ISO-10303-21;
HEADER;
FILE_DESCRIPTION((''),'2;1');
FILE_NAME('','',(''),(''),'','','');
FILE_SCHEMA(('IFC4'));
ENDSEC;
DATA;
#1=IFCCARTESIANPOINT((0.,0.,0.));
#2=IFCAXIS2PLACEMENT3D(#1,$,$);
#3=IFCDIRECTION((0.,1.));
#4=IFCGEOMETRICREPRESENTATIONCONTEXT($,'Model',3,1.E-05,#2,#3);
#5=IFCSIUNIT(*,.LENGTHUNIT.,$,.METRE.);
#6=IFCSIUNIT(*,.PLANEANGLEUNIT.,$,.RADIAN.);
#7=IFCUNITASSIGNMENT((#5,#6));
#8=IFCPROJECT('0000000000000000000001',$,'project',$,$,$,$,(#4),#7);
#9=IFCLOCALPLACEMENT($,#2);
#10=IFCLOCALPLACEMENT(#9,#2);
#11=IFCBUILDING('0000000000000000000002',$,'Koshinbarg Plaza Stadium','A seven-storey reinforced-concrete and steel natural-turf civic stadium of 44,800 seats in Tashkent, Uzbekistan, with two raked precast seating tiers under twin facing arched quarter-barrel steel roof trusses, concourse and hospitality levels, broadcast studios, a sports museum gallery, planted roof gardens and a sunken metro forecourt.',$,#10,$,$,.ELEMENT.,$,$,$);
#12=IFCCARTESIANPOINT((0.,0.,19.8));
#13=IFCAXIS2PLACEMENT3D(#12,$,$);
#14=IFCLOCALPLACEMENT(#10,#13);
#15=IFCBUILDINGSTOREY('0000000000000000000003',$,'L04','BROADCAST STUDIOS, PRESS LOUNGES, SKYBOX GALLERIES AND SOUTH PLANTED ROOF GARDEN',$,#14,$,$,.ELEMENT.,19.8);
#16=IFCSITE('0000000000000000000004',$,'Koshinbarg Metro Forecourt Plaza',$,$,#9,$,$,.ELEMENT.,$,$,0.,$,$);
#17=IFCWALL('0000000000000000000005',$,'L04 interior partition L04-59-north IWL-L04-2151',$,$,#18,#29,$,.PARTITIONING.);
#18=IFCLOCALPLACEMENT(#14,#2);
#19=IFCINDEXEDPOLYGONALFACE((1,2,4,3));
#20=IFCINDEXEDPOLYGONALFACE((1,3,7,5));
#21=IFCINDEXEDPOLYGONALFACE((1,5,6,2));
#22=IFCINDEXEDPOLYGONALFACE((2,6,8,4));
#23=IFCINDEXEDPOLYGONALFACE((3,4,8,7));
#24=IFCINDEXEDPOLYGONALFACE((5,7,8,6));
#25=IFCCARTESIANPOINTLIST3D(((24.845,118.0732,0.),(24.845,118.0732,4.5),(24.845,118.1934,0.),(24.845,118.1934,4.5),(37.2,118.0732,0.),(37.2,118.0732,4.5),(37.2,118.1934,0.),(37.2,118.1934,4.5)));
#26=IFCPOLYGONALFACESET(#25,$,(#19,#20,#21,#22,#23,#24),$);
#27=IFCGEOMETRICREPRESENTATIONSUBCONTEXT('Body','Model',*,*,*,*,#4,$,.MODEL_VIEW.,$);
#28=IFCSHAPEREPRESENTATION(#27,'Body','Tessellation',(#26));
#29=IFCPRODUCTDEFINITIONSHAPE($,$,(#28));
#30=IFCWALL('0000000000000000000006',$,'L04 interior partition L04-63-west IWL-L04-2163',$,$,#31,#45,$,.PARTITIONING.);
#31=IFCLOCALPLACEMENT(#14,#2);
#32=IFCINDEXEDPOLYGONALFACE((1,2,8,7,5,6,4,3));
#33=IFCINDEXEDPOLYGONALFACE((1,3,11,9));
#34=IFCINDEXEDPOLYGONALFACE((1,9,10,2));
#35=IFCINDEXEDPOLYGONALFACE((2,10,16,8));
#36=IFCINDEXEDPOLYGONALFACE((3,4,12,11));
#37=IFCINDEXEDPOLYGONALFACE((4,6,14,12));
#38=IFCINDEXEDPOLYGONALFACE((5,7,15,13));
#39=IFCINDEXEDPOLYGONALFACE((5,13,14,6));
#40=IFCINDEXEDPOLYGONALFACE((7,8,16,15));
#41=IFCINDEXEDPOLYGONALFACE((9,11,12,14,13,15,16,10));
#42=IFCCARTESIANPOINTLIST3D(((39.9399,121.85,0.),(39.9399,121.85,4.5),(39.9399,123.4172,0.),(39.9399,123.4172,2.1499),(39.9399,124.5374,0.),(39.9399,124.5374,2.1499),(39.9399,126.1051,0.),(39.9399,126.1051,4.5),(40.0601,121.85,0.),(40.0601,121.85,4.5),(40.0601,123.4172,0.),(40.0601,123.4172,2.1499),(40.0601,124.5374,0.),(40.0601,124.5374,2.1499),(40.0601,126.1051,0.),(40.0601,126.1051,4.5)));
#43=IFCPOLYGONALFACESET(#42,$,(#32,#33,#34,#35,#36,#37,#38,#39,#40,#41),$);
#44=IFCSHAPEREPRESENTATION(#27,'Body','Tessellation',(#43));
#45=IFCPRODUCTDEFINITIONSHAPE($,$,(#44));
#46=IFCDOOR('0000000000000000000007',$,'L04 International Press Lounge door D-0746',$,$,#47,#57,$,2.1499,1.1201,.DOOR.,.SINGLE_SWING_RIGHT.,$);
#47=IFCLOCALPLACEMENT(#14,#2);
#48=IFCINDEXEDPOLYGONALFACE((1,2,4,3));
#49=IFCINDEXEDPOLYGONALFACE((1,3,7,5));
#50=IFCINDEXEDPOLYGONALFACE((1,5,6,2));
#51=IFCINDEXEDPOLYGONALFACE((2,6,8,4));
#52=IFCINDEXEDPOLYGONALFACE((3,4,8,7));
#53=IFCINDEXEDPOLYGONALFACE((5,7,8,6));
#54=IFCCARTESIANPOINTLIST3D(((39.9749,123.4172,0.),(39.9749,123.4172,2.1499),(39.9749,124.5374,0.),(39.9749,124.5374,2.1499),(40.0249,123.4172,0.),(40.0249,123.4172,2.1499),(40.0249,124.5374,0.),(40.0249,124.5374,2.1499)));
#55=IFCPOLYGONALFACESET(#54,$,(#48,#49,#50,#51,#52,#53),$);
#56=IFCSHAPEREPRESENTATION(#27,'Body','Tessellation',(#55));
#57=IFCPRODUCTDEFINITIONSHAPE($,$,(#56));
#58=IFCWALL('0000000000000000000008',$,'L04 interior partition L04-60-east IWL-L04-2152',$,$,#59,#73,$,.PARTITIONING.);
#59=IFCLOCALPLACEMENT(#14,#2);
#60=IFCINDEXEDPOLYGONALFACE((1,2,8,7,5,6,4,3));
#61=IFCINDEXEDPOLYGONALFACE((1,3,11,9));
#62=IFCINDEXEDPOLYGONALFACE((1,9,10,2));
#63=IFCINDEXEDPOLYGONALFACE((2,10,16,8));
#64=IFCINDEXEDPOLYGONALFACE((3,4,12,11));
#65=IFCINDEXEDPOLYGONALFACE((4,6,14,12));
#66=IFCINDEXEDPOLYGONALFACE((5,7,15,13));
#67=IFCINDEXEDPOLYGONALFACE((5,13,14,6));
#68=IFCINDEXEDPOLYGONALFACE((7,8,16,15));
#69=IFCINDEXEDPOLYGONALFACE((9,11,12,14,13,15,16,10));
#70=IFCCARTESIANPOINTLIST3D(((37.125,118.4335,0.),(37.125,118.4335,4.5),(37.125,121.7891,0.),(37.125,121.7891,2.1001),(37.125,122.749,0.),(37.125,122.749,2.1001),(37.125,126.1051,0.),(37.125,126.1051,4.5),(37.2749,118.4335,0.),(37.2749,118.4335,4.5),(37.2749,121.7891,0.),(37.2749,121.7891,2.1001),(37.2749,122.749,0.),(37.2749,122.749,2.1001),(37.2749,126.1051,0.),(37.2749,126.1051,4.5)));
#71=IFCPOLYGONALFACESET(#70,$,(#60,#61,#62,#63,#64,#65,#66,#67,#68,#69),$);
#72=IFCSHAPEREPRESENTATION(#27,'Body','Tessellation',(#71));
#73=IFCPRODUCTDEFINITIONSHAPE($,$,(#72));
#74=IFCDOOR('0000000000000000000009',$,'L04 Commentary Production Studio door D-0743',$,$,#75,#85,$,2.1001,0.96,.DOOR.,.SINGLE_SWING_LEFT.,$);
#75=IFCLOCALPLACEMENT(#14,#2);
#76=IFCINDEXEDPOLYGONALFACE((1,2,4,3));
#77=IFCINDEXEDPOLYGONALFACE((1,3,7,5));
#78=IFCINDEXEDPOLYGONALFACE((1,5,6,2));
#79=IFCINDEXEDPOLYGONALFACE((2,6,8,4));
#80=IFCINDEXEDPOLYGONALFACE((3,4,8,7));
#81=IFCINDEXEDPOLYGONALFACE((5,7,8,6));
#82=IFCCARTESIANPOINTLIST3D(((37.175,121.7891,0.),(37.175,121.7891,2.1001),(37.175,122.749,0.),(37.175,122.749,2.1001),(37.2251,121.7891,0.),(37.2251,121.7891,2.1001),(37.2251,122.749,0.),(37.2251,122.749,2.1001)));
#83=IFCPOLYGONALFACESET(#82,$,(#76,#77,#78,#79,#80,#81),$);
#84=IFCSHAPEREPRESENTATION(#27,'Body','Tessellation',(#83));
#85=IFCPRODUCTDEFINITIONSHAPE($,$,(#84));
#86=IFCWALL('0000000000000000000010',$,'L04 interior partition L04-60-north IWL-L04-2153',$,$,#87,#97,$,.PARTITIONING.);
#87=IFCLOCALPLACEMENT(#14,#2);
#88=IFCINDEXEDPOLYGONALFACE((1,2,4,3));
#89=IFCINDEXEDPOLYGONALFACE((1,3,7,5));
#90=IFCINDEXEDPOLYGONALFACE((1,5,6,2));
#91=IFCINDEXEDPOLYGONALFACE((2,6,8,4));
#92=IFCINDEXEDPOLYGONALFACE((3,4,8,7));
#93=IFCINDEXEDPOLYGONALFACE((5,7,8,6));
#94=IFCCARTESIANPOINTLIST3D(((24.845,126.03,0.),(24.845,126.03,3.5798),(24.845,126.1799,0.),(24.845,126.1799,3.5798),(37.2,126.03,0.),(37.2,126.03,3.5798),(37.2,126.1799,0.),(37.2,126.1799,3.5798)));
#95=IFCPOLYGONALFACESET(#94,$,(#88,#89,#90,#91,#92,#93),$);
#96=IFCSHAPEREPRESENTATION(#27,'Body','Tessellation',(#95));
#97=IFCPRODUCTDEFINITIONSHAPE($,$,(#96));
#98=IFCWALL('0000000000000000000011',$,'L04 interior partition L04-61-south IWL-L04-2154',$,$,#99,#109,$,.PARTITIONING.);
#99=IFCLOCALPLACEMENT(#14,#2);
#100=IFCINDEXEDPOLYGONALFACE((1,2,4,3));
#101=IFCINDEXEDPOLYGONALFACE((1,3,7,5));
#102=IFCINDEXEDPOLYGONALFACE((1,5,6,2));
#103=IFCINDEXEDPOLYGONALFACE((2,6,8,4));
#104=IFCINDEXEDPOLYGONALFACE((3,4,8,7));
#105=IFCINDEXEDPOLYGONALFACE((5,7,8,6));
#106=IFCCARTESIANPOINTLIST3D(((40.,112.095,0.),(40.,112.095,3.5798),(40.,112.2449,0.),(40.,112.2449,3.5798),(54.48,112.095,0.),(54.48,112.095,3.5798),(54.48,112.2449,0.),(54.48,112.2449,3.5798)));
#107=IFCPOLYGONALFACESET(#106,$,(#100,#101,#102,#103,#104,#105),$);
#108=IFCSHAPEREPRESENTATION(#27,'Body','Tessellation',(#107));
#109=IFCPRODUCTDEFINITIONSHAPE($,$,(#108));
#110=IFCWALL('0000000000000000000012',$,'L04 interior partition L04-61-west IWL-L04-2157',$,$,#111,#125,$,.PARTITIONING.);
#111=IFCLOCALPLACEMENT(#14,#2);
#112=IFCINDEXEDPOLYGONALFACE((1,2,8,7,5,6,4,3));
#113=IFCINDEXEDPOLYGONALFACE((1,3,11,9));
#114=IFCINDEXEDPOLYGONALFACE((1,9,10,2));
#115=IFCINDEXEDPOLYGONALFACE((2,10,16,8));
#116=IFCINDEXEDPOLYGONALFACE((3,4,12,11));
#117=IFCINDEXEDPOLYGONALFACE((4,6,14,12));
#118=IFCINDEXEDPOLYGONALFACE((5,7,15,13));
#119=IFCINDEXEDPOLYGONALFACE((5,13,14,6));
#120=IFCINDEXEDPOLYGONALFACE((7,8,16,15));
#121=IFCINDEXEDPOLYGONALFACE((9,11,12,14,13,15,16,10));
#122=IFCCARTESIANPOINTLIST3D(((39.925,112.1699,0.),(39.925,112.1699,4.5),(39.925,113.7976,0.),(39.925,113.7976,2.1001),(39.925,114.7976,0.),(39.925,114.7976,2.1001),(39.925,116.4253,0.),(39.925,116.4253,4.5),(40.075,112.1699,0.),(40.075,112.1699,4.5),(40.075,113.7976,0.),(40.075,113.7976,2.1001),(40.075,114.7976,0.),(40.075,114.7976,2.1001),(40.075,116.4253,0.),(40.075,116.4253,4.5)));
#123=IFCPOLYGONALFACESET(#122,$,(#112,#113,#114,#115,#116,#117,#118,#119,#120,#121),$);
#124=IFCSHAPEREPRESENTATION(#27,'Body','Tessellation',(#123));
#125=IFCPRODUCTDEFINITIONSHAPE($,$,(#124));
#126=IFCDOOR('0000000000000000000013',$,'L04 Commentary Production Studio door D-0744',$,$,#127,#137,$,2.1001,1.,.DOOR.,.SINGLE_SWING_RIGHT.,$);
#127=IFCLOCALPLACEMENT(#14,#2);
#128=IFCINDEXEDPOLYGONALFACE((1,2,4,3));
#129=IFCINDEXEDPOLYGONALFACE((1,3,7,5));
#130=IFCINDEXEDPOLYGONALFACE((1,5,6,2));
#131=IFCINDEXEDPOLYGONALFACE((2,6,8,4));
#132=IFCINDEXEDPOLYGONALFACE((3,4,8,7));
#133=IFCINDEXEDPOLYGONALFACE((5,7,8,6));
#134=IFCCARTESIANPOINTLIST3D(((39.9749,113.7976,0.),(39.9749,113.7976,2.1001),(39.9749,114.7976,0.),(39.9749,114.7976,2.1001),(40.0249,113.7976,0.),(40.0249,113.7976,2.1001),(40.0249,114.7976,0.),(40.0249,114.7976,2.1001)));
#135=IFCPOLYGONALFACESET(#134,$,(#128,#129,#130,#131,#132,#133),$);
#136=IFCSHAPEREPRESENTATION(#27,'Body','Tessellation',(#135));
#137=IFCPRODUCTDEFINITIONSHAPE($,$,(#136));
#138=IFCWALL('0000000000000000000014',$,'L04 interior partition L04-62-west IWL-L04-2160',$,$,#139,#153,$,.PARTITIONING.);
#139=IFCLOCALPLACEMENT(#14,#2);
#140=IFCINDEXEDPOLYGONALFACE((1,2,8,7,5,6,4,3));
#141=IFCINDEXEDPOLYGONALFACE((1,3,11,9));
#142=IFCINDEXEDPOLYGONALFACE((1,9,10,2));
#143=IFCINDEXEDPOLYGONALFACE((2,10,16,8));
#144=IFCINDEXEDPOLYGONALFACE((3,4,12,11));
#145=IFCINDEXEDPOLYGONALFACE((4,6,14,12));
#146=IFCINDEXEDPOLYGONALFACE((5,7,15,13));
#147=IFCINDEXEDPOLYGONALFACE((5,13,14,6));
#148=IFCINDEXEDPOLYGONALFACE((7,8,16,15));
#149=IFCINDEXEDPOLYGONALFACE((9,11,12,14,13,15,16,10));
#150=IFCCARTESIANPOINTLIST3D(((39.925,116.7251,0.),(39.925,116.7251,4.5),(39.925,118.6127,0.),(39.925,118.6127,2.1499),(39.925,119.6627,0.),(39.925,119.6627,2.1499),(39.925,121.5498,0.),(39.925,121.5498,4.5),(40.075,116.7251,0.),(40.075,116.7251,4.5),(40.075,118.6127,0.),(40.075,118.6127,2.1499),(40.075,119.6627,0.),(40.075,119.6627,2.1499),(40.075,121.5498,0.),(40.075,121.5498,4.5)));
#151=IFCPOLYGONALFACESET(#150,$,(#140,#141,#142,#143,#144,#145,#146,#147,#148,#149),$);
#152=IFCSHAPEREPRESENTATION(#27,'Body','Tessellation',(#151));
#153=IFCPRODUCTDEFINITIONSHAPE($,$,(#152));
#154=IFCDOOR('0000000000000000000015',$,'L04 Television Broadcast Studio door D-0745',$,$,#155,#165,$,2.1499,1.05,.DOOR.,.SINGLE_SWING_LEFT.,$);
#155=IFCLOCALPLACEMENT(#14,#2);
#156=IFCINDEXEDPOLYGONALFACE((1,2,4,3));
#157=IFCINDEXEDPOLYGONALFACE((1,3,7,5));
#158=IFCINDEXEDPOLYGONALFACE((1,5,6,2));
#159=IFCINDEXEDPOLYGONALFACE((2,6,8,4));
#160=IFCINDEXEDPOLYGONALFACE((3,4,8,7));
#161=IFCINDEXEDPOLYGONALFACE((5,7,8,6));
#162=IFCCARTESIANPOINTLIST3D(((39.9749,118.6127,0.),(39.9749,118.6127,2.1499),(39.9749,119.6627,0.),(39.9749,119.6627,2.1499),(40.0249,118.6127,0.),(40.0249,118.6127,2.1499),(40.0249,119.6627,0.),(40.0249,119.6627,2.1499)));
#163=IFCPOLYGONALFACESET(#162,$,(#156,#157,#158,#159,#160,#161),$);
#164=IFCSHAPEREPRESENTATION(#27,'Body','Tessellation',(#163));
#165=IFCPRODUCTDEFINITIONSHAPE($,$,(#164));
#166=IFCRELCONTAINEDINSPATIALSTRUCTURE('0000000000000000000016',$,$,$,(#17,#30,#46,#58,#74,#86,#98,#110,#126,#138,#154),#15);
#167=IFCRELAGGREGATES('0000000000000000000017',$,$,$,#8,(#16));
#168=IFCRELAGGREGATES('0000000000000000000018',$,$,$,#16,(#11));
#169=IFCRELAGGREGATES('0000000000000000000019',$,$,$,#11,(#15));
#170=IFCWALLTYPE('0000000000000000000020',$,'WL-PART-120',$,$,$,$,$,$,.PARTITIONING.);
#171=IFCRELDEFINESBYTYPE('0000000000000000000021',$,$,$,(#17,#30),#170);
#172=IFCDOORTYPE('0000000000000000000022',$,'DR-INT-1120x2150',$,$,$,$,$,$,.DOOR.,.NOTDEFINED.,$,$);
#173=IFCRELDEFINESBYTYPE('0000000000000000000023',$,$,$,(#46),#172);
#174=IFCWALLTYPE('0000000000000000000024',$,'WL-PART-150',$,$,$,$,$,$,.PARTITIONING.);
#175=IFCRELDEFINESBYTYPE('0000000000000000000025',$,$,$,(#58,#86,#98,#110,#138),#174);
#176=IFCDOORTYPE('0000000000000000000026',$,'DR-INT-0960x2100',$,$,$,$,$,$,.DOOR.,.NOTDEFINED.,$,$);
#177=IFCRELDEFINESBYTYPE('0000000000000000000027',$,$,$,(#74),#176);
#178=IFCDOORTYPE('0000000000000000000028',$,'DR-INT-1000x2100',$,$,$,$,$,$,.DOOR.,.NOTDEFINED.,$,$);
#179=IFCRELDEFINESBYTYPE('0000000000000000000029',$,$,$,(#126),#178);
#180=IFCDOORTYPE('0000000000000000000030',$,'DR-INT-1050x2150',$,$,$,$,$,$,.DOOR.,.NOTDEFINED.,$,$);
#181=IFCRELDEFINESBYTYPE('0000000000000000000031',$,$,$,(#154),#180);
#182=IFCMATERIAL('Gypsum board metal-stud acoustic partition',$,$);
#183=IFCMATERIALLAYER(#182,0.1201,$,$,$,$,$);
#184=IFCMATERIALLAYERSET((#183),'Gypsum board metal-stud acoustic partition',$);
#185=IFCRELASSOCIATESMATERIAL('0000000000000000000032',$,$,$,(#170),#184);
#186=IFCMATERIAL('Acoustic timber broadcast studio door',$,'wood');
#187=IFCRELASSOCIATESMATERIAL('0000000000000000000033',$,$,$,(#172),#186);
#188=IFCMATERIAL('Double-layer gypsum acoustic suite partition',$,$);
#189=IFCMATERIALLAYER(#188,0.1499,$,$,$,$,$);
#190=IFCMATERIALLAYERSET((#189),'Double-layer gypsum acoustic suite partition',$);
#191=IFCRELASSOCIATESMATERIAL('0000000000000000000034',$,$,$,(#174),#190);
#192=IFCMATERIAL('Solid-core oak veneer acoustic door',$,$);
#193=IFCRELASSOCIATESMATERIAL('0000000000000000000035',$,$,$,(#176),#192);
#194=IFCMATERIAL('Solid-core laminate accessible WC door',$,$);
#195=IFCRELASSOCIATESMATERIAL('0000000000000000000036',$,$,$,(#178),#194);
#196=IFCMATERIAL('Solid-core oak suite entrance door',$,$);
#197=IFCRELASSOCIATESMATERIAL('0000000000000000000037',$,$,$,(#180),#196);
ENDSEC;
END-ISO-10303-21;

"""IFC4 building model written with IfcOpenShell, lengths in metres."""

from ifc_helpers import new_model, si_unit, direction, frame, frame_2d, origin, place, context, subcontext, project, spatial, rectangle, extrude, material, layer, layer_set, type_object, element, fill, save


model = new_model("IFC4")

# Units and contexts
model_context = context("Model", 3, precision=1e-05, world=origin(), true_north=direction((0.0, 1.0)))
body_context = subcontext(model_context, "Body", "Model", "MODEL_VIEW")
ifc_project = project(units=[si_unit("LENGTHUNIT", "METRE"), si_unit("PLANEANGLEUNIT", "RADIAN")], contexts=[model_context])

# Site, building, storey
site_placement = place(None, origin())
site = spatial("IfcSite", under=ifc_project, at=site_placement, Name="Koshinbarg Metro Forecourt Plaza", CompositionType="ELEMENT", RefElevation=0.0)
building_placement = place(site_placement, origin())
building = spatial("IfcBuilding", under=site, at=building_placement, Name="Koshinbarg Plaza Stadium", Description="A seven-storey reinforced-concrete and steel natural-turf civic stadium of 44,800 seats in Tashkent, Uzbekistan, with two raked precast seating tiers under twin facing arched quarter-barrel steel roof trusses, concourse and hospitality levels, broadcast studios, a sports museum gallery, planted roof gardens and a sunken metro forecourt.", CompositionType="ELEMENT")
storey_placement = place(building_placement, frame((0.0, 0.0, 19.8)))
storey = spatial("IfcBuildingStorey", under=building, at=storey_placement, Name="L04", Description="BROADCAST STUDIOS, PRESS LOUNGES, SKYBOX GALLERIES AND SOUTH PLANTED ROOF GARDEN", CompositionType="ELEMENT", Elevation=19.8)

# Shared definitions
ifc_material_1 = material(Name="Gypsum board metal-stud acoustic partition")
ifc_layer_1 = layer(ifc_material_1, 0.1201)
ifc_layer_set_1 = layer_set([ifc_layer_1], Name="Gypsum board metal-stud acoustic partition")
wall_type_1 = type_object("IfcWallType", Name="WL-PART-120", PredefinedType="PARTITIONING", material=ifc_layer_set_1)
ifc_material_2 = material(Name="Solid-core oak veneer acoustic door")

# Wall
wall_1_placement = place(storey_placement, frame((37.2, 118.1333, 0.0), z_axis=(0.0, 0.0, 1.0), x_axis=(-1.0, 0.0, 0.0)))
element("IfcWall", 1, at=wall_1_placement, inside=storey, type_object=wall_type_1, Name="L04 interior partition L04-59-north IWL-L04-2151", PredefinedType="PARTITIONING", context=body_context, shape_type="SweptSolid", body=[
    extrude(rectangle(XDim=12.355, YDim=0.1201, at=frame_2d((6.1775, 0.0))), origin(), (0.0, 0.0, 1.0), 4.5),
])

# Walls, openings, doors
wall_2_placement = place(storey_placement, frame((40.0, 126.105, 0.0), z_axis=(0.0, 0.0, 1.0), x_axis=(0.0, -1.0, 0.0)))
wall_2 = element("IfcWall", 2, at=wall_2_placement, inside=storey, type_object=wall_type_1, Name="L04 interior partition L04-63-west IWL-L04-2163", PredefinedType="PARTITIONING", context=body_context, shape_type="SweptSolid", body=[
    extrude(rectangle(XDim=4.2551, YDim=0.1201, at=frame_2d((2.1274, 0.0))), origin(), (0.0, 0.0, 1.0), 4.5),
])
opening_1_placement = place(wall_2_placement, frame((1.5676, 0.0, 0.0)))
opening_1 = element("IfcOpeningElement", 3, at=opening_1_placement, cuts=wall_2, PredefinedType="OPENING", context=body_context, shape_type="SweptSolid", body=[
    extrude(rectangle(XDim=1.1201, YDim=2.1499, at=frame_2d((0.5601, 1.075))), frame((0.0, 0.0701, 0.0), z_axis=(0.0, -1.0, 0.0), x_axis=(1.0, 0.0, 0.0)), (0.0, 0.0, 1.0), 0.1401),
])
ifc_material_3 = material(Name="Acoustic timber broadcast studio door", Category="wood")
door_type_1 = type_object("IfcDoorType", Name="DR-INT-1120x2150", OperationType="NOTDEFINED", PredefinedType="DOOR", material=ifc_material_3)
door_1_placement = place(opening_1_placement, origin())
door_1 = element("IfcDoor", 4, at=door_1_placement, inside=storey, type_object=door_type_1, Name="L04 International Press Lounge door D-0746", OperationType="SINGLE_SWING_RIGHT", OverallHeight=2.1499, OverallWidth=1.1201, PredefinedType="DOOR", context=body_context, shape_type="SweptSolid", body=[
    extrude(rectangle(XDim=1.1201, YDim=2.1499, at=frame_2d((0.5601, 1.075))), frame((0.0, 0.0249, 0.0), z_axis=(0.0, -1.0, 0.0), x_axis=(1.0, 0.0, 0.0)), (0.0, 0.0, 1.0), 0.05),
])
fill(opening_1, door_1)
ifc_material_4 = material(Name="Double-layer gypsum acoustic suite partition")
ifc_layer_2 = layer(ifc_material_4, 0.1499)
ifc_layer_set_2 = layer_set([ifc_layer_2], Name="Double-layer gypsum acoustic suite partition")
wall_type_2 = type_object("IfcWallType", Name="WL-PART-150", PredefinedType="PARTITIONING", material=ifc_layer_set_2)
wall_3_placement = place(storey_placement, frame((37.2, 118.4333, 0.0), z_axis=(0.0, 0.0, 1.0), x_axis=(0.0, 1.0, 0.0)))
wall_3 = element("IfcWall", 5, at=wall_3_placement, inside=storey, type_object=wall_type_2, Name="L04 interior partition L04-60-east IWL-L04-2152", PredefinedType="PARTITIONING", context=body_context, shape_type="SweptSolid", body=[
    extrude(rectangle(XDim=7.6716, YDim=0.1499, at=frame_2d((3.8359, 0.0))), origin(), (0.0, 0.0, 1.0), 4.5),
])
opening_2_placement = place(wall_3_placement, frame((3.3557, 0.0, 0.0)))
opening_2 = element("IfcOpeningElement", 6, at=opening_2_placement, cuts=wall_3, PredefinedType="OPENING", context=body_context, shape_type="SweptSolid", body=[
    extrude(rectangle(XDim=0.96, YDim=2.1001, at=frame_2d((0.48, 1.05))), frame((0.0, 0.085, 0.0), z_axis=(0.0, -1.0, 0.0), x_axis=(1.0, 0.0, 0.0)), (0.0, 0.0, 1.0), 0.1699),
])
door_type_2 = type_object("IfcDoorType", Name="DR-INT-0960x2100", OperationType="NOTDEFINED", PredefinedType="DOOR", material=ifc_material_2)
door_2_placement = place(opening_2_placement, origin())
door_2 = element("IfcDoor", 7, at=door_2_placement, inside=storey, type_object=door_type_2, Name="L04 Commentary Production Studio door D-0743", OperationType="SINGLE_SWING_LEFT", OverallHeight=2.1001, OverallWidth=0.96, PredefinedType="DOOR", context=body_context, shape_type="SweptSolid", body=[
    extrude(rectangle(XDim=0.96, YDim=2.1001, at=frame_2d((0.48, 1.05))), frame((0.0, 0.0249, 0.0), z_axis=(0.0, -1.0, 0.0), x_axis=(1.0, 0.0, 0.0)), (0.0, 0.0, 1.0), 0.05),
])
fill(opening_2, door_2)

# Walls
wall_4_placement = place(storey_placement, frame((37.2, 126.105, 0.0), z_axis=(0.0, 0.0, 1.0), x_axis=(-1.0, 0.0, 0.0)))
element("IfcWall", 8, at=wall_4_placement, inside=storey, type_object=wall_type_2, Name="L04 interior partition L04-60-north IWL-L04-2153", PredefinedType="PARTITIONING", context=body_context, shape_type="SweptSolid", body=[
    extrude(rectangle(XDim=12.355, YDim=0.1499, at=frame_2d((6.1775, 0.0))), origin(), (0.0, 0.0, 1.0), 3.5798),
])
wall_5_placement = place(storey_placement, frame((40.0, 112.1699, 0.0), z_axis=(0.0, 0.0, 1.0), x_axis=(1.0, 0.0, 0.0)))
element("IfcWall", 9, at=wall_5_placement, inside=storey, type_object=wall_type_2, Name="L04 interior partition L04-61-south IWL-L04-2154", PredefinedType="PARTITIONING", context=body_context, shape_type="SweptSolid", body=[
    extrude(rectangle(XDim=14.48, YDim=0.1499, at=frame_2d((7.24, 0.0))), origin(), (0.0, 0.0, 1.0), 3.5798),
])

# Walls, openings, doors
wall_6_placement = place(storey_placement, frame((40.0, 116.4253, 0.0), z_axis=(0.0, 0.0, 1.0), x_axis=(0.0, -1.0, 0.0)))
wall_6 = element("IfcWall", 10, at=wall_6_placement, inside=storey, type_object=wall_type_2, Name="L04 interior partition L04-61-west IWL-L04-2157", PredefinedType="PARTITIONING", context=body_context, shape_type="SweptSolid", body=[
    extrude(rectangle(XDim=4.2554, YDim=0.1499, at=frame_2d((2.1277, 0.0))), origin(), (0.0, 0.0, 1.0), 4.5),
])
opening_3_placement = place(wall_6_placement, frame((1.6277, 0.0, 0.0)))
opening_3 = element("IfcOpeningElement", 11, at=opening_3_placement, cuts=wall_6, PredefinedType="OPENING", context=body_context, shape_type="SweptSolid", body=[
    extrude(rectangle(XDim=1.0, YDim=2.1001, at=frame_2d((0.5, 1.05))), frame((0.0, 0.085, 0.0), z_axis=(0.0, -1.0, 0.0), x_axis=(1.0, 0.0, 0.0)), (0.0, 0.0, 1.0), 0.1699),
])
ifc_material_5 = material(Name="Solid-core laminate accessible WC door")
door_type_3 = type_object("IfcDoorType", Name="DR-INT-1000x2100", OperationType="NOTDEFINED", PredefinedType="DOOR", material=ifc_material_5)
door_3_placement = place(opening_3_placement, origin())
door_3 = element("IfcDoor", 12, at=door_3_placement, inside=storey, type_object=door_type_3, Name="L04 Commentary Production Studio door D-0744", OperationType="SINGLE_SWING_RIGHT", OverallHeight=2.1001, OverallWidth=1.0, PredefinedType="DOOR", context=body_context, shape_type="SweptSolid", body=[
    extrude(rectangle(XDim=1.0, YDim=2.1001, at=frame_2d((0.5, 1.05))), frame((0.0, 0.0249, 0.0), z_axis=(0.0, -1.0, 0.0), x_axis=(1.0, 0.0, 0.0)), (0.0, 0.0, 1.0), 0.05),
])
fill(opening_3, door_3)
wall_7_placement = place(storey_placement, frame((40.0, 121.5498, 0.0), z_axis=(0.0, 0.0, 1.0), x_axis=(0.0, -1.0, 0.0)))
wall_7 = element("IfcWall", 13, at=wall_7_placement, inside=storey, type_object=wall_type_2, Name="L04 interior partition L04-62-west IWL-L04-2160", PredefinedType="PARTITIONING", context=body_context, shape_type="SweptSolid", body=[
    extrude(rectangle(XDim=4.8247, YDim=0.1499, at=frame_2d((2.4124, 0.0))), origin(), (0.0, 0.0, 1.0), 4.5),
])
opening_4_placement = place(wall_7_placement, frame((1.8872, 0.0, 0.0)))
opening_4 = element("IfcOpeningElement", 14, at=opening_4_placement, cuts=wall_7, PredefinedType="OPENING", context=body_context, shape_type="SweptSolid", body=[
    extrude(rectangle(XDim=1.05, YDim=2.1499, at=frame_2d((0.5249, 1.075))), frame((0.0, 0.085, 0.0), z_axis=(0.0, -1.0, 0.0), x_axis=(1.0, 0.0, 0.0)), (0.0, 0.0, 1.0), 0.1699),
])
ifc_material_6 = material(Name="Solid-core oak suite entrance door")
door_type_4 = type_object("IfcDoorType", Name="DR-INT-1050x2150", OperationType="NOTDEFINED", PredefinedType="DOOR", material=ifc_material_6)
door_4_placement = place(opening_4_placement, origin())
door_4 = element("IfcDoor", 15, at=door_4_placement, inside=storey, type_object=door_type_4, Name="L04 Television Broadcast Studio door D-0745", OperationType="SINGLE_SWING_LEFT", OverallHeight=2.1499, OverallWidth=1.05, PredefinedType="DOOR", context=body_context, shape_type="SweptSolid", body=[
    extrude(rectangle(XDim=1.05, YDim=2.1499, at=frame_2d((0.5249, 1.075))), frame((0.0, 0.0249, 0.0), z_axis=(0.0, -1.0, 0.0), x_axis=(1.0, 0.0, 0.0)), (0.0, 0.0, 1.0), 0.05),
])
fill(opening_4, door_4)

save(model, "model.ifc")
